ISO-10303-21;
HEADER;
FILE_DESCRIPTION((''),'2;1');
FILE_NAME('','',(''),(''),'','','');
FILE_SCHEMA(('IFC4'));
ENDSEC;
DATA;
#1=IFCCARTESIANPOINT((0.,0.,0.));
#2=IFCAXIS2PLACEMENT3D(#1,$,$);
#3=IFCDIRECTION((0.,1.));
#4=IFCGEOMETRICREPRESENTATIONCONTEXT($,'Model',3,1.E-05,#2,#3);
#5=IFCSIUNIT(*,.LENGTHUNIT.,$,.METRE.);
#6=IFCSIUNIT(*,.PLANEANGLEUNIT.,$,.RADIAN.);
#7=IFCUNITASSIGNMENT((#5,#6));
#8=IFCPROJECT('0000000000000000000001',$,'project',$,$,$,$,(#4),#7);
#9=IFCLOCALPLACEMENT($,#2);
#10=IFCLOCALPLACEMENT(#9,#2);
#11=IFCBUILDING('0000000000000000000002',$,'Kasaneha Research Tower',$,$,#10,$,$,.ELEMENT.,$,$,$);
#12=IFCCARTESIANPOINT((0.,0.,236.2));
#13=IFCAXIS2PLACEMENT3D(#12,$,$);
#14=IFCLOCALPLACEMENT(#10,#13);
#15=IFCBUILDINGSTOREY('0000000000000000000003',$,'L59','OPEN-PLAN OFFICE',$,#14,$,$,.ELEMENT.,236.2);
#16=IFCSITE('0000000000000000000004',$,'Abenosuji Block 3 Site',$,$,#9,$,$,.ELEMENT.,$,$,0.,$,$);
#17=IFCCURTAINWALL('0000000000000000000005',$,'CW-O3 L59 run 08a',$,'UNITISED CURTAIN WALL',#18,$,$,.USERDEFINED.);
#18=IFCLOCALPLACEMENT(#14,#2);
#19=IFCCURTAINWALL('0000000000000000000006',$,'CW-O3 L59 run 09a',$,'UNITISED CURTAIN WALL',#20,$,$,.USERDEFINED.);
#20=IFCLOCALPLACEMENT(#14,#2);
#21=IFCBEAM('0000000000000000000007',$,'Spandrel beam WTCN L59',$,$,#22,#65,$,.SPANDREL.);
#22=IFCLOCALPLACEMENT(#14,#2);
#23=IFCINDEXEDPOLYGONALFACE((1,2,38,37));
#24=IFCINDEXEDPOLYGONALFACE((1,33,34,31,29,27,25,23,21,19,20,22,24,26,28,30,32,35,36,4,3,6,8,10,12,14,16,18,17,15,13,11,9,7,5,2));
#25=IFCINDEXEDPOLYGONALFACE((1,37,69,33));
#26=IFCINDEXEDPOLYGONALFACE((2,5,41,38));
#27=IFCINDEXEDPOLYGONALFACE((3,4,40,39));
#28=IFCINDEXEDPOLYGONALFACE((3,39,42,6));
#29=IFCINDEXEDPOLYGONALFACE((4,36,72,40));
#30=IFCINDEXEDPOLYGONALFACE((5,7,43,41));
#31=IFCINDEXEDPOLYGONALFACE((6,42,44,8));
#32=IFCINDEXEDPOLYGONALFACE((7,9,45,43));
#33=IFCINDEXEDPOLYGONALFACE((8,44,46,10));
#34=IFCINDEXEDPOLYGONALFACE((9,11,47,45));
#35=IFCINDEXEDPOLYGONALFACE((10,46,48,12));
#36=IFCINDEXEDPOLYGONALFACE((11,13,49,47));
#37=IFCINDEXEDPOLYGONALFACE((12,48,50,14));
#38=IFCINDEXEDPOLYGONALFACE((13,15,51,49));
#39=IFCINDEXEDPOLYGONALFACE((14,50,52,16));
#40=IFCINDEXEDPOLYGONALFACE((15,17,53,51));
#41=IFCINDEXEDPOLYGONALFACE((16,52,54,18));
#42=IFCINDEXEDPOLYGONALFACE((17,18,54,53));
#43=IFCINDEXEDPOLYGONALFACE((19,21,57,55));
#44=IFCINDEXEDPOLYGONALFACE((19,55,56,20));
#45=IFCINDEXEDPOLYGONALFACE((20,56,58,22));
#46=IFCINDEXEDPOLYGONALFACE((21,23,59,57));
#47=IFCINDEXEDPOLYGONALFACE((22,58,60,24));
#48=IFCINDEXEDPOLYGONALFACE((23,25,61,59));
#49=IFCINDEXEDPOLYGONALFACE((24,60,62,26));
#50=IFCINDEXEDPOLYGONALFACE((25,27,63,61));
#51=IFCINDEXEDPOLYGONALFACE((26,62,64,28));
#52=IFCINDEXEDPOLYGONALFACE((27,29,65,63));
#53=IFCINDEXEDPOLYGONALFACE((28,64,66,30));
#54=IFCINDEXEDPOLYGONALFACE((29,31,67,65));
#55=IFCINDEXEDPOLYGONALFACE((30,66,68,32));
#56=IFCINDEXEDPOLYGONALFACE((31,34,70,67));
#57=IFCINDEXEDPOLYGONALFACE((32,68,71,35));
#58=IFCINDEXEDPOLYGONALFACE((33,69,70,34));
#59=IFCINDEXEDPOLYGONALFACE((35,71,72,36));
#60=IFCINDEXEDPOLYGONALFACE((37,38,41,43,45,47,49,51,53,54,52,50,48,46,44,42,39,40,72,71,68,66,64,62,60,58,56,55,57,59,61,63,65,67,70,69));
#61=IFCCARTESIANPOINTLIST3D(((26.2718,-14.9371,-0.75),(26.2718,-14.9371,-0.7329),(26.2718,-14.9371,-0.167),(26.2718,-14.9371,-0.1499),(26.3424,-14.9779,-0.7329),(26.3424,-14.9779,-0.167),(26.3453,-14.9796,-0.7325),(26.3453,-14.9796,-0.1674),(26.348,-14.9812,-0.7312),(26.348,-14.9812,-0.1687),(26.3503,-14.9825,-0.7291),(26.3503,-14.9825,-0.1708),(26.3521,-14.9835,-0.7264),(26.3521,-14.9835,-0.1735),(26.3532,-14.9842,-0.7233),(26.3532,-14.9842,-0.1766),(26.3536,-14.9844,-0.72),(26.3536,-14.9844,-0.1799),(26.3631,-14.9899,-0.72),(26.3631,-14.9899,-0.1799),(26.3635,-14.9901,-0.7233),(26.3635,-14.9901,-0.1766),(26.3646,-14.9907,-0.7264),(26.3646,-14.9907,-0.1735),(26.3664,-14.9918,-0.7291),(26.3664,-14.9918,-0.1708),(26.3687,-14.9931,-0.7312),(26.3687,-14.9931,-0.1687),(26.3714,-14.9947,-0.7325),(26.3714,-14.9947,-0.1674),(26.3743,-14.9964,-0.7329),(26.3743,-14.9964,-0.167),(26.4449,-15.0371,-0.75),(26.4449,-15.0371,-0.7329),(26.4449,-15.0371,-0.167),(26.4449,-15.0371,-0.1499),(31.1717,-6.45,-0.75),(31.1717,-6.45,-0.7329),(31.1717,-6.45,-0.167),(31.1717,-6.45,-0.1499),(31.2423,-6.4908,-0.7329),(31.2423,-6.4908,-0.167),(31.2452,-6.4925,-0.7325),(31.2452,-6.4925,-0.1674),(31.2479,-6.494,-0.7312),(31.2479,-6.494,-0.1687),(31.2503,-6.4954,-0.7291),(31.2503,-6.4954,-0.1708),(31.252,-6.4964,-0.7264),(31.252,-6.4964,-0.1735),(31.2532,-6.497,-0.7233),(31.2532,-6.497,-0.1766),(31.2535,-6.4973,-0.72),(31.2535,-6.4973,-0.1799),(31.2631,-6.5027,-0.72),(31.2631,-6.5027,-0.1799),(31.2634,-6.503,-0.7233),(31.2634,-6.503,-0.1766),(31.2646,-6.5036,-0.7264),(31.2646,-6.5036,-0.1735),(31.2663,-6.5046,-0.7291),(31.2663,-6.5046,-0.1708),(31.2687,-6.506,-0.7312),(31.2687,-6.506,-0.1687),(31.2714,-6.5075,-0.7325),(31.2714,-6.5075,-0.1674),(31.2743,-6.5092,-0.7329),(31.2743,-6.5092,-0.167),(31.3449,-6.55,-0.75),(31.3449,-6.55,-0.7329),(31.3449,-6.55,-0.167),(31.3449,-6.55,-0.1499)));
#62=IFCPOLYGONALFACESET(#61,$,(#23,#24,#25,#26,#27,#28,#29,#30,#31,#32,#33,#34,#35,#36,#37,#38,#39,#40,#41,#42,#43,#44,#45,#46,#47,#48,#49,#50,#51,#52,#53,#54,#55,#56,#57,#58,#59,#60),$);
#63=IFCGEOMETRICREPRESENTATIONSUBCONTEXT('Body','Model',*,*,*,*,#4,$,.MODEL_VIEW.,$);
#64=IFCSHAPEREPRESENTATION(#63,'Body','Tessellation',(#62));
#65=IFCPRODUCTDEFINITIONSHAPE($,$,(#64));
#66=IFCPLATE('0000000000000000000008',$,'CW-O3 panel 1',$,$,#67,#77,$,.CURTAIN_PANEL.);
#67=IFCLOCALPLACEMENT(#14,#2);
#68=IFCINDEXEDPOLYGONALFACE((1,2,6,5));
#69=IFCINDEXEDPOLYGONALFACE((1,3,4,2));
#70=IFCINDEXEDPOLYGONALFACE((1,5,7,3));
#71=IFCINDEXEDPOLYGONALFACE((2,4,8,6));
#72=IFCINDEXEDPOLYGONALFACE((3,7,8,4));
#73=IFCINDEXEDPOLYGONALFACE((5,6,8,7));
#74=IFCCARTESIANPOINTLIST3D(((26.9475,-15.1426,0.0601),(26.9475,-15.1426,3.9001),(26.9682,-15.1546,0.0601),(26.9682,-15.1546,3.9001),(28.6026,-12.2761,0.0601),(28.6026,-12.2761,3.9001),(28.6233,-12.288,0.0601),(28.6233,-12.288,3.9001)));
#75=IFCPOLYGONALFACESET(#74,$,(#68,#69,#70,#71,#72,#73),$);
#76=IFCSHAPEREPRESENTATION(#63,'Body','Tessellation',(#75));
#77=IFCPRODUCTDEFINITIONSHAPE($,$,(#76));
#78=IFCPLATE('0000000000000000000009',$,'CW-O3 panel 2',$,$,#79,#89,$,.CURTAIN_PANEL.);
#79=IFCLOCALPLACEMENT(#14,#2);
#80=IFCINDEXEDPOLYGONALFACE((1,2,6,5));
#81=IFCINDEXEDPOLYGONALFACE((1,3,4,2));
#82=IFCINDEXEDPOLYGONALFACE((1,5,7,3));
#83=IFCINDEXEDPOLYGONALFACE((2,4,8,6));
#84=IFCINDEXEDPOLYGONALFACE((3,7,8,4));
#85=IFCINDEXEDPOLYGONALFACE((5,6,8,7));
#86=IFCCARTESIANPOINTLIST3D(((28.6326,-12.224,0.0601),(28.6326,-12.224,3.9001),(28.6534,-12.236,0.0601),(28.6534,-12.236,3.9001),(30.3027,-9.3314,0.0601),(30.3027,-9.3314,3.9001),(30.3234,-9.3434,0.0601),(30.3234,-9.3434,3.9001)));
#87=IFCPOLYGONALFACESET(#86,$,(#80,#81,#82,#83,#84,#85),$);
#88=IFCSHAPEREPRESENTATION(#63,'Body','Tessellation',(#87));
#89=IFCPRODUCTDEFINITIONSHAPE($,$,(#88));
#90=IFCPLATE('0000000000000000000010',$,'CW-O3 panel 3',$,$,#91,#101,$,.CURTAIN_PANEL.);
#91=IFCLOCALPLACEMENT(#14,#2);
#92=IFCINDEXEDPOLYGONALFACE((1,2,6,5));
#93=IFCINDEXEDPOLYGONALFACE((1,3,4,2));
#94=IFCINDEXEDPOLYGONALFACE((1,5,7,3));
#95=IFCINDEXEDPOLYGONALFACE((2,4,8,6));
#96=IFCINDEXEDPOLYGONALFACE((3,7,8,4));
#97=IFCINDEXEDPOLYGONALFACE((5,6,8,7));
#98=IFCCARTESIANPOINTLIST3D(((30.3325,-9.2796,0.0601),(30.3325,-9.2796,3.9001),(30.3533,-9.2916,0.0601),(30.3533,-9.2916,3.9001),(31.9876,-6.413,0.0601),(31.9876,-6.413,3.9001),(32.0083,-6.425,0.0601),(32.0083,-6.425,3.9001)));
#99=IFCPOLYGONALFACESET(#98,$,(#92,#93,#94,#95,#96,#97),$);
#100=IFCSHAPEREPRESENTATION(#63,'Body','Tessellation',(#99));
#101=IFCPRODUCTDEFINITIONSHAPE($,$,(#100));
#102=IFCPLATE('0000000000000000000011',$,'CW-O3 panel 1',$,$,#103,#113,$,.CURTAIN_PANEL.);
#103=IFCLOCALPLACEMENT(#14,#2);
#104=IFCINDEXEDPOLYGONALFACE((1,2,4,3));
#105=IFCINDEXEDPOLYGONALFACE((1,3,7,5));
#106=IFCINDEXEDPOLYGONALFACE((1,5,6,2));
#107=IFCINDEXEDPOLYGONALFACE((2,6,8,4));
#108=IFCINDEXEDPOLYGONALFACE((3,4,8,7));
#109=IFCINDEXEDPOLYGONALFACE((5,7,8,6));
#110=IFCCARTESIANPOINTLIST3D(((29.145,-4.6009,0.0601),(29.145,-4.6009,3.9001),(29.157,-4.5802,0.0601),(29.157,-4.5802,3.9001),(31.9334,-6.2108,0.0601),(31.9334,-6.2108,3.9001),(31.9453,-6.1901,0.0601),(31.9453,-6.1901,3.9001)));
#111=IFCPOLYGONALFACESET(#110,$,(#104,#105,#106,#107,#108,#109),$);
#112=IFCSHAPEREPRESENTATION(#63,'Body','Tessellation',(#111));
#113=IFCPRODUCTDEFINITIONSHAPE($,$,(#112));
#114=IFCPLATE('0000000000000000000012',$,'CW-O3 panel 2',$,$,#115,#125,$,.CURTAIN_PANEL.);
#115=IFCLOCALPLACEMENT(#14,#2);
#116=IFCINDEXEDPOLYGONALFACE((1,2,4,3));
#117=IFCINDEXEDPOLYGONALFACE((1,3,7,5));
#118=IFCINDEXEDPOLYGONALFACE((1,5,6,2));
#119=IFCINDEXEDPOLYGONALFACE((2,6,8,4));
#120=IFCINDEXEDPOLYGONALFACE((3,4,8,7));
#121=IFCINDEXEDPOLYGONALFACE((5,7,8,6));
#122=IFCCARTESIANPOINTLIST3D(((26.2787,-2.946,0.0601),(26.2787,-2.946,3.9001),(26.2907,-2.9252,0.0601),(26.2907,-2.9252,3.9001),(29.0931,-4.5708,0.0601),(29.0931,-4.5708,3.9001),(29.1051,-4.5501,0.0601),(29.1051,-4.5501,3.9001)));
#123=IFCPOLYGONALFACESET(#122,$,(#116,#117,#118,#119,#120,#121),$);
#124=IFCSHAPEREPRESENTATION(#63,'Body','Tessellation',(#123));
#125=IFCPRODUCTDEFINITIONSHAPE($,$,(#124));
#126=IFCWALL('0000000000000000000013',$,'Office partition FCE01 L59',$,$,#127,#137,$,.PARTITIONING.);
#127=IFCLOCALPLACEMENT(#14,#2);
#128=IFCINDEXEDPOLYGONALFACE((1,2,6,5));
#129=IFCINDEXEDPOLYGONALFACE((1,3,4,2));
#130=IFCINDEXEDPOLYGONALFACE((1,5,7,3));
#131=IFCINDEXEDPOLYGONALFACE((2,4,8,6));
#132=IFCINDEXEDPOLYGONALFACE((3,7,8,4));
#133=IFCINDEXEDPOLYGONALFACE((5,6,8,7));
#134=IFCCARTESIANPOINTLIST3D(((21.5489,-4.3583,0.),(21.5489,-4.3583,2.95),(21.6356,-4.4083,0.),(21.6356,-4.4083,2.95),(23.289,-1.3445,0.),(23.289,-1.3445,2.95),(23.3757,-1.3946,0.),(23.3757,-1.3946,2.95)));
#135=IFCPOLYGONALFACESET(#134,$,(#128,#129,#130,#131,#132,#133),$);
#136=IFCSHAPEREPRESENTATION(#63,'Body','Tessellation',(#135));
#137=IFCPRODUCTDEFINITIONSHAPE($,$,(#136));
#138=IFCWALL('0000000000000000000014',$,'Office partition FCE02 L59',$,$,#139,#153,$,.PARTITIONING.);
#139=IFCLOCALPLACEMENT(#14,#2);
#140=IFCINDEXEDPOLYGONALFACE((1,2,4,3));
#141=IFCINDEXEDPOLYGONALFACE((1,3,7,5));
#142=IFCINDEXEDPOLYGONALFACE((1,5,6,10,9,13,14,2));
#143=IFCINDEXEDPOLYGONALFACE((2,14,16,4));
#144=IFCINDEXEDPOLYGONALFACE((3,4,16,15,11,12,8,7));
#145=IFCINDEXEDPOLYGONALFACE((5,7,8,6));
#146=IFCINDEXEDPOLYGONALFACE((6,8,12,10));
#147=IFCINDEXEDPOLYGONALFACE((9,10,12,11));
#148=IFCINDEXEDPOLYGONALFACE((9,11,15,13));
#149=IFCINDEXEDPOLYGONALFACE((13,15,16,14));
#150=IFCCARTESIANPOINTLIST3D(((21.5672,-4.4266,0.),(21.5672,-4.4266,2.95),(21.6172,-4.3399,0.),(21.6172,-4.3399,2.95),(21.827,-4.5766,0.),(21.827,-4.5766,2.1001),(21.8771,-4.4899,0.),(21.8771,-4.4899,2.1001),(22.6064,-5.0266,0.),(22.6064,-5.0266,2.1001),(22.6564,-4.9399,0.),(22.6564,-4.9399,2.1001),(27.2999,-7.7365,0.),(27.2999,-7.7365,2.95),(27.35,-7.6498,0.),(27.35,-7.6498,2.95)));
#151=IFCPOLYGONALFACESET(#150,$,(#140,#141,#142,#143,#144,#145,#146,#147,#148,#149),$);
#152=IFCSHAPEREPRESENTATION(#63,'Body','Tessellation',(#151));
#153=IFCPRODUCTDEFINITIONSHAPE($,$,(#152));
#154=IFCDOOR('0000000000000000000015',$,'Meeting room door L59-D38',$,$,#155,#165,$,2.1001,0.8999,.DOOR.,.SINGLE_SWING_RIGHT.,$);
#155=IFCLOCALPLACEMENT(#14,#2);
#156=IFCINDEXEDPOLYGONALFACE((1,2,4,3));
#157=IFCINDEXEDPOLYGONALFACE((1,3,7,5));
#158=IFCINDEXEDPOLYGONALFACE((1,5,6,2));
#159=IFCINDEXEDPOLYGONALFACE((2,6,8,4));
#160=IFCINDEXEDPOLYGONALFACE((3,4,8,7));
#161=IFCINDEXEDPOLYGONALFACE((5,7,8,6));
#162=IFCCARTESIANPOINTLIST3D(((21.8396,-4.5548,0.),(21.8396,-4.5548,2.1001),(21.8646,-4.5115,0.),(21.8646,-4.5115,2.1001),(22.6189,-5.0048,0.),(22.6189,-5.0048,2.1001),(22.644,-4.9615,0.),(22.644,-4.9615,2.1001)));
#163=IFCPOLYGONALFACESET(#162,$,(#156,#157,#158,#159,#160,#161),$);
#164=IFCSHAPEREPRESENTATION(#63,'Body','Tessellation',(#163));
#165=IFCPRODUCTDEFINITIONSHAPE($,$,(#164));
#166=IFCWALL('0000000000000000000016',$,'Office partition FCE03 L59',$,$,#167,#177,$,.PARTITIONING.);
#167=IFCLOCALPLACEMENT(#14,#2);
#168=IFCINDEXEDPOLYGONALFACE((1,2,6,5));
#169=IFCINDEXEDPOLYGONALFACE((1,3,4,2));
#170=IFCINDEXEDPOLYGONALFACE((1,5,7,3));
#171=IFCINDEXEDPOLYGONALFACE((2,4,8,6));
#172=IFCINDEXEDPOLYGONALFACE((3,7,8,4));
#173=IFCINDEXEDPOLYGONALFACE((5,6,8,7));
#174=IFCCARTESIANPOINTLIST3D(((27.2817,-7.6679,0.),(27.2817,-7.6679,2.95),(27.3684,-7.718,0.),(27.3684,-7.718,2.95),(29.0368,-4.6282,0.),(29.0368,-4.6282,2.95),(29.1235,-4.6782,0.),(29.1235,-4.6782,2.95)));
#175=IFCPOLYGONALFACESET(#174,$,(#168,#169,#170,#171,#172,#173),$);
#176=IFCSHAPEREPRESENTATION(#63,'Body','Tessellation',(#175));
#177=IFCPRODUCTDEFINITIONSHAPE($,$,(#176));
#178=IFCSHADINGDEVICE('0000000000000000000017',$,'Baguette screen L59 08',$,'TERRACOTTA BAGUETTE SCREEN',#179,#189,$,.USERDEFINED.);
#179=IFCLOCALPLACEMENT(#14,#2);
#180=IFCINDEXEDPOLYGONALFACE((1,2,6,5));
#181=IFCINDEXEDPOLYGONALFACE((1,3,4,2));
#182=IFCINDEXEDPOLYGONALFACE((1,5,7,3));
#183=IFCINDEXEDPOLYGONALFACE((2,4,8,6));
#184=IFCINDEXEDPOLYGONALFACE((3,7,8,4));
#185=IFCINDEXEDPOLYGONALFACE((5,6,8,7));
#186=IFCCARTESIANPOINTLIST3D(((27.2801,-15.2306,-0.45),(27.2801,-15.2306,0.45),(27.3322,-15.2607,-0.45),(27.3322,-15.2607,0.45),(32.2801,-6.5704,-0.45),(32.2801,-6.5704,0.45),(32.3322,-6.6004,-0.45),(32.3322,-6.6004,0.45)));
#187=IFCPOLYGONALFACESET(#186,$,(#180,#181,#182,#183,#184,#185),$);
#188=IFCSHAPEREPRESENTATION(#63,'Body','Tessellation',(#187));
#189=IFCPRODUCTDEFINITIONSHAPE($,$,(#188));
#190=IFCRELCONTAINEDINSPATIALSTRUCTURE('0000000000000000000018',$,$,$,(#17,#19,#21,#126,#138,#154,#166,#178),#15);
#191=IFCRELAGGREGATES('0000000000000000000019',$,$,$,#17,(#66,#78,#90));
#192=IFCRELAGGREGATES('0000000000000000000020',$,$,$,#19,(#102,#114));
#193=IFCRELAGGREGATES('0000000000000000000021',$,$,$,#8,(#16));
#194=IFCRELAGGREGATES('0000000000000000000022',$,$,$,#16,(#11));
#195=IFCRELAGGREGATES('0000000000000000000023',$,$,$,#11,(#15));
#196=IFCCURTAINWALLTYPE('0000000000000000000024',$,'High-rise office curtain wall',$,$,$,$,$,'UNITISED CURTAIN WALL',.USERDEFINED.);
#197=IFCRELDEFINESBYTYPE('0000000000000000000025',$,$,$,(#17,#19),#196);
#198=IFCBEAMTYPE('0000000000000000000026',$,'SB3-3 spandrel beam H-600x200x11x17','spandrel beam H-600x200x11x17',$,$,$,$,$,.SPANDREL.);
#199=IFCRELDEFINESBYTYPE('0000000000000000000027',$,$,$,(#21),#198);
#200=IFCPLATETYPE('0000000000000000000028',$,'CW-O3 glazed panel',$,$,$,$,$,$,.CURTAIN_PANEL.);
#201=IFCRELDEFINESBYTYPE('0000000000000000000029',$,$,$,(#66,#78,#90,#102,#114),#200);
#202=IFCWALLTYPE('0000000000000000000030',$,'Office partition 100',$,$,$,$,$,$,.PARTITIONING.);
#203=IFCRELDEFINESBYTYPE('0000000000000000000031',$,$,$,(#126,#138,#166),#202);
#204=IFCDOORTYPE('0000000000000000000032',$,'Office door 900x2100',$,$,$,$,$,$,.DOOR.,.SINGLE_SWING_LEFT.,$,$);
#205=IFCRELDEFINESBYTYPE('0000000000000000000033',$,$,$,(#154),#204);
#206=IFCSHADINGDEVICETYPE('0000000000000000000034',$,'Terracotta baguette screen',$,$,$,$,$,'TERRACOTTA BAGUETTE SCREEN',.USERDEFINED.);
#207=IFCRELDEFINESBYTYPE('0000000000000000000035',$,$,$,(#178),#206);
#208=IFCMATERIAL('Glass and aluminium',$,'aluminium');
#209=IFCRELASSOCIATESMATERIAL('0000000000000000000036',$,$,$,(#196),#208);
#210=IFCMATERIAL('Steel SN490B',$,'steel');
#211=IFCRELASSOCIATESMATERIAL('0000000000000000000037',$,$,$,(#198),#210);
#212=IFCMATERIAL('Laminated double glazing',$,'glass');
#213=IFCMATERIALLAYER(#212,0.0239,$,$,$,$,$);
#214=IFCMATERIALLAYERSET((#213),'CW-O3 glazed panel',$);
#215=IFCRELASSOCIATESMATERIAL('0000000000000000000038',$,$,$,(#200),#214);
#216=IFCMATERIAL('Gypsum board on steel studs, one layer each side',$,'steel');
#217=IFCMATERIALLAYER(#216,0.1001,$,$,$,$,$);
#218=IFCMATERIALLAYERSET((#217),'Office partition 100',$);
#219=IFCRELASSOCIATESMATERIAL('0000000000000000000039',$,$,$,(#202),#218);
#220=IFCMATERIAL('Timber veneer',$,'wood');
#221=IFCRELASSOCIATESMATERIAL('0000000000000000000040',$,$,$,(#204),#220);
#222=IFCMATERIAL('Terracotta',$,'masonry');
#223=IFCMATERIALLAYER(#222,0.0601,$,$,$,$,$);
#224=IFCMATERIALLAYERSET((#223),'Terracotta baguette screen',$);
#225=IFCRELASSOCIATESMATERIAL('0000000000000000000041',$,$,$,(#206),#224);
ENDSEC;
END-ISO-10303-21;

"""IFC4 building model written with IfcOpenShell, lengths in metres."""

from ifc_helpers import new_model, si_unit, direction, frame, frame_2d, origin, origin_2d, place, context, subcontext, project, spatial, rectangle, i_section, extrude, material, layer, layer_set, material_profile, profile_set, type_object, element, fill, aggregate, save


model = new_model("IFC4")

# Units and contexts
model_context = context("Model", 3, precision=1e-05, world=origin(), true_north=direction((0.0, 1.0)))
body_context = subcontext(model_context, "Body", "Model", "MODEL_VIEW")
ifc_project = project(units=[si_unit("LENGTHUNIT", "METRE"), si_unit("PLANEANGLEUNIT", "RADIAN")], contexts=[model_context])

# Site, building, storey
site_placement = place(None, origin())
site = spatial("IfcSite", under=ifc_project, at=site_placement, Name="Abenosuji Block 3 Site", CompositionType="ELEMENT", RefElevation=0.0)
building_placement = place(site_placement, origin())
building = spatial("IfcBuilding", under=site, at=building_placement, Name="Kasaneha Research Tower", CompositionType="ELEMENT")
storey_placement = place(building_placement, frame((0.0, 0.0, 236.2)))
storey = spatial("IfcBuildingStorey", under=building, at=storey_placement, Name="L59", Description="OPEN-PLAN OFFICE", CompositionType="ELEMENT", Elevation=236.2)

# Curtain walls
ifc_material_1 = material(Name="Glass and aluminium", Category="aluminium")
curtain_wall_type = type_object("IfcCurtainWallType", Name="High-rise office curtain wall", ElementType="UNITISED CURTAIN WALL", PredefinedType="USERDEFINED", material=ifc_material_1)
curtain_wall_1_placement = place(storey_placement, origin())
curtain_wall_1 = element("IfcCurtainWall", 1, at=curtain_wall_1_placement, inside=storey, type_object=curtain_wall_type, Name="CW-O3 L59 run 08a", ObjectType="UNITISED CURTAIN WALL", PredefinedType="USERDEFINED")
curtain_wall_2_placement = place(storey_placement, origin())
curtain_wall_2 = element("IfcCurtainWall", 2, at=curtain_wall_2_placement, inside=storey, type_object=curtain_wall_type, Name="CW-O3 L59 run 09a", ObjectType="UNITISED CURTAIN WALL", PredefinedType="USERDEFINED")

# Beam
ifc_material_2 = material(Name="Steel SN490B", Category="steel")
ifc_material_profile_1 = material_profile(ifc_material_2, i_section(OverallWidth=0.2, OverallDepth=0.6001, WebThickness=0.011, FlangeThickness=0.0171, FilletRadius=0.0129, at=origin_2d()), Name="H-600x200x11x17")
ifc_profile_set_1 = profile_set([ifc_material_profile_1], Name="Steel SN490B")
beam_type_1 = type_object("IfcBeamType", Name="SB3-3 spandrel beam H-600x200x11x17", Description="spandrel beam H-600x200x11x17", PredefinedType="SPANDREL", material=ifc_profile_set_1)
beam_1_placement = place(storey_placement, frame((31.2583, -6.5, -0.45), z_axis=(-0.499992, -0.86603, 0.0), x_axis=(0.86603, -0.499992, 0.0)))
element("IfcBeam", 3, at=beam_1_placement, inside=storey, type_object=beam_type_1, Name="Spandrel beam WTCN L59", PredefinedType="SPANDREL", context=body_context, shape_type="SweptSolid", body=[
    extrude(i_section(OverallWidth=0.2, OverallDepth=0.6001, WebThickness=0.011, FlangeThickness=0.0171, FilletRadius=0.0129, at=origin_2d()), origin(), (0.0, 0.0, 1.0), 9.8),
])

# Plates
ifc_material_3 = material(Name="Laminated double glazing", Category="glass")
ifc_layer_1 = layer(ifc_material_3, 0.0239)
ifc_layer_set_1 = layer_set([ifc_layer_1], Name="CW-O3 glazed panel")
plate_type = type_object("IfcPlateType", Name="CW-O3 glazed panel", PredefinedType="CURTAIN_PANEL", material=ifc_layer_set_1)
plate_1_placement = place(storey_placement, frame((27.7854, -13.7153, 0.0601), z_axis=(0.0, 0.0, 1.0), x_axis=(0.5, 0.866025, 0.0)))
plate_1 = element("IfcPlate", 4, at=plate_1_placement, type_object=plate_type, Name="CW-O3 panel 1", PredefinedType="CURTAIN_PANEL", context=body_context, shape_type="SweptSolid", body=[
    extrude(rectangle(XDim=3.3101, YDim=0.0239, at=origin_2d()), origin(), (0.0, 0.0, 1.0), 3.8401),
])
plate_2_placement = place(storey_placement, frame((29.478, -10.7837, 0.0601), z_axis=(0.0, 0.0, 1.0), x_axis=(0.5, 0.866025, 0.0)))
plate_2 = element("IfcPlate", 5, at=plate_2_placement, type_object=plate_type, Name="CW-O3 panel 2", PredefinedType="CURTAIN_PANEL", context=body_context, shape_type="SweptSolid", body=[
    extrude(rectangle(XDim=3.3401, YDim=0.0239, at=origin_2d()), origin(), (0.0, 0.0, 1.0), 3.8401),
])
plate_3_placement = place(storey_placement, frame((31.1704, -7.8523, 0.0601), z_axis=(0.0, 0.0, 1.0), x_axis=(0.5, 0.866025, 0.0)))
plate_3 = element("IfcPlate", 6, at=plate_3_placement, type_object=plate_type, Name="CW-O3 panel 3", PredefinedType="CURTAIN_PANEL", context=body_context, shape_type="SweptSolid", body=[
    extrude(rectangle(XDim=3.3101, YDim=0.0239, at=origin_2d()), origin(), (0.0, 0.0, 1.0), 3.8401),
])
aggregate(curtain_wall_1, [plate_1, plate_2, plate_3])
plate_4_placement = place(storey_placement, frame((30.5452, -5.3955, 0.0601), z_axis=(0.0, 0.0, 1.0), x_axis=(-0.866025, 0.5, 0.0)))
plate_4 = element("IfcPlate", 7, at=plate_4_placement, type_object=plate_type, Name="CW-O3 panel 1", PredefinedType="CURTAIN_PANEL", context=body_context, shape_type="SweptSolid", body=[
    extrude(rectangle(XDim=3.2197, YDim=0.0239, at=origin_2d()), origin(), (0.0, 0.0, 1.0), 3.8401),
])
plate_5_placement = place(storey_placement, frame((27.6919, -3.748, 0.0601), z_axis=(0.0, 0.0, 1.0), x_axis=(-0.866025, 0.5, 0.0)))
plate_5 = element("IfcPlate", 8, at=plate_5_placement, type_object=plate_type, Name="CW-O3 panel 2", PredefinedType="CURTAIN_PANEL", context=body_context, shape_type="SweptSolid", body=[
    extrude(rectangle(XDim=3.2498, YDim=0.0239, at=origin_2d()), origin(), (0.0, 0.0, 1.0), 3.8401),
])
aggregate(curtain_wall_2, [plate_4, plate_5])

# Wall
ifc_material_4 = material(Name="Gypsum board on steel studs, one layer each side", Category="steel")
ifc_layer_2 = layer(ifc_material_4, 0.1001)
ifc_layer_set_2 = layer_set([ifc_layer_2], Name="Office partition 100")
wall_type = type_object("IfcWallType", Name="Office partition 100", PredefinedType="PARTITIONING", material=ifc_layer_set_2)
wall_1_placement = place(storey_placement, frame((21.5923, -4.3833, 0.0), z_axis=(0.0, 0.0, 1.0), x_axis=(0.50001, 0.86602, 0.0)))
element("IfcWall", 9, at=wall_1_placement, inside=storey, type_object=wall_type, Name="Office partition FCE01 L59", PredefinedType="PARTITIONING", context=body_context, shape_type="SweptSolid", body=[
    extrude(rectangle(XDim=3.48, YDim=0.1001, at=frame_2d((1.74, 0.0))), origin(), (0.0, 0.0, 1.0), 2.95),
])

# Wall, opening, door
wall_2_placement = place(storey_placement, frame((27.325, -7.6931, 0.0), z_axis=(0.0, 0.0, 1.0), x_axis=(-0.866022, 0.500007, 0.0)))
wall_2 = element("IfcWall", 10, at=wall_2_placement, inside=storey, type_object=wall_type, Name="Office partition FCE02 L59", PredefinedType="PARTITIONING", context=body_context, shape_type="SweptSolid", body=[
    extrude(rectangle(XDim=6.6196, YDim=0.1001, at=frame_2d((3.3098, 0.0))), origin(), (0.0, 0.0, 1.0), 2.95),
])
opening_placement = place(wall_2_placement, frame((5.4197, 0.0, 0.0)))
opening = element("IfcOpeningElement", 11, at=opening_placement, cuts=wall_2, PredefinedType="OPENING", context=body_context, shape_type="SweptSolid", body=[
    extrude(rectangle(XDim=0.8999, YDim=2.1001, at=frame_2d((0.45, 1.05))), frame((0.0, 0.0601, 0.0), z_axis=(0.0, -1.0, 0.0), x_axis=(1.0, 0.0, 0.0)), (0.0, 0.0, 1.0), 0.1201),
])
ifc_material_5 = material(Name="Timber veneer", Category="wood")
door_type = type_object("IfcDoorType", Name="Office door 900x2100", OperationType="SINGLE_SWING_LEFT", PredefinedType="DOOR", material=ifc_material_5)
door_placement = place(opening_placement, origin())
door = element("IfcDoor", 12, at=door_placement, inside=storey, type_object=door_type, Name="Meeting room door L59-D38", OperationType="SINGLE_SWING_RIGHT", OverallHeight=2.1001, OverallWidth=0.8999, PredefinedType="DOOR", context=body_context, shape_type="SweptSolid", body=[
    extrude(rectangle(XDim=0.8999, YDim=2.1001, at=frame_2d((0.45, 1.05))), frame((0.0, 0.0249, 0.0), z_axis=(0.0, -1.0, 0.0), x_axis=(1.0, 0.0, 0.0)), (0.0, 0.0, 1.0), 0.05),
])
fill(opening, door)

# Wall
wall_3_placement = place(storey_placement, frame((29.0801, -4.6533, 0.0), z_axis=(0.0, 0.0, 1.0), x_axis=(-0.500021, -0.866013, 0.0)))
element("IfcWall", 13, at=wall_3_placement, inside=storey, type_object=wall_type, Name="Office partition FCE03 L59", PredefinedType="PARTITIONING", context=body_context, shape_type="SweptSolid", body=[
    extrude(rectangle(XDim=3.51, YDim=0.1001, at=frame_2d((1.7549, 0.0))), origin(), (0.0, 0.0, 1.0), 2.95),
])

# Shading device
ifc_material_6 = material(Name="Terracotta", Category="masonry")
ifc_layer_3 = layer(ifc_material_6, 0.0601)
ifc_layer_set_3 = layer_set([ifc_layer_3], Name="Terracotta baguette screen")
shading_device_type = type_object("IfcShadingDeviceType", Name="Terracotta baguette screen", ElementType="TERRACOTTA BAGUETTE SCREEN", PredefinedType="USERDEFINED", material=ifc_layer_set_3)
shading_device_placement = place(storey_placement, frame((29.8062, -10.9155, -0.45), z_axis=(0.0, 0.0, 1.0), x_axis=(0.5, 0.866025, 0.0)))
element("IfcShadingDevice", 14, at=shading_device_placement, inside=storey, type_object=shading_device_type, Name="Baguette screen L59 08", ObjectType="TERRACOTTA BAGUETTE SCREEN", PredefinedType="USERDEFINED", context=body_context, shape_type="SweptSolid", body=[
    extrude(rectangle(XDim=10.0, YDim=0.0601, at=origin_2d()), origin(), (0.0, 0.0, 1.0), 0.8999),
])

save(model, "model.ifc")
